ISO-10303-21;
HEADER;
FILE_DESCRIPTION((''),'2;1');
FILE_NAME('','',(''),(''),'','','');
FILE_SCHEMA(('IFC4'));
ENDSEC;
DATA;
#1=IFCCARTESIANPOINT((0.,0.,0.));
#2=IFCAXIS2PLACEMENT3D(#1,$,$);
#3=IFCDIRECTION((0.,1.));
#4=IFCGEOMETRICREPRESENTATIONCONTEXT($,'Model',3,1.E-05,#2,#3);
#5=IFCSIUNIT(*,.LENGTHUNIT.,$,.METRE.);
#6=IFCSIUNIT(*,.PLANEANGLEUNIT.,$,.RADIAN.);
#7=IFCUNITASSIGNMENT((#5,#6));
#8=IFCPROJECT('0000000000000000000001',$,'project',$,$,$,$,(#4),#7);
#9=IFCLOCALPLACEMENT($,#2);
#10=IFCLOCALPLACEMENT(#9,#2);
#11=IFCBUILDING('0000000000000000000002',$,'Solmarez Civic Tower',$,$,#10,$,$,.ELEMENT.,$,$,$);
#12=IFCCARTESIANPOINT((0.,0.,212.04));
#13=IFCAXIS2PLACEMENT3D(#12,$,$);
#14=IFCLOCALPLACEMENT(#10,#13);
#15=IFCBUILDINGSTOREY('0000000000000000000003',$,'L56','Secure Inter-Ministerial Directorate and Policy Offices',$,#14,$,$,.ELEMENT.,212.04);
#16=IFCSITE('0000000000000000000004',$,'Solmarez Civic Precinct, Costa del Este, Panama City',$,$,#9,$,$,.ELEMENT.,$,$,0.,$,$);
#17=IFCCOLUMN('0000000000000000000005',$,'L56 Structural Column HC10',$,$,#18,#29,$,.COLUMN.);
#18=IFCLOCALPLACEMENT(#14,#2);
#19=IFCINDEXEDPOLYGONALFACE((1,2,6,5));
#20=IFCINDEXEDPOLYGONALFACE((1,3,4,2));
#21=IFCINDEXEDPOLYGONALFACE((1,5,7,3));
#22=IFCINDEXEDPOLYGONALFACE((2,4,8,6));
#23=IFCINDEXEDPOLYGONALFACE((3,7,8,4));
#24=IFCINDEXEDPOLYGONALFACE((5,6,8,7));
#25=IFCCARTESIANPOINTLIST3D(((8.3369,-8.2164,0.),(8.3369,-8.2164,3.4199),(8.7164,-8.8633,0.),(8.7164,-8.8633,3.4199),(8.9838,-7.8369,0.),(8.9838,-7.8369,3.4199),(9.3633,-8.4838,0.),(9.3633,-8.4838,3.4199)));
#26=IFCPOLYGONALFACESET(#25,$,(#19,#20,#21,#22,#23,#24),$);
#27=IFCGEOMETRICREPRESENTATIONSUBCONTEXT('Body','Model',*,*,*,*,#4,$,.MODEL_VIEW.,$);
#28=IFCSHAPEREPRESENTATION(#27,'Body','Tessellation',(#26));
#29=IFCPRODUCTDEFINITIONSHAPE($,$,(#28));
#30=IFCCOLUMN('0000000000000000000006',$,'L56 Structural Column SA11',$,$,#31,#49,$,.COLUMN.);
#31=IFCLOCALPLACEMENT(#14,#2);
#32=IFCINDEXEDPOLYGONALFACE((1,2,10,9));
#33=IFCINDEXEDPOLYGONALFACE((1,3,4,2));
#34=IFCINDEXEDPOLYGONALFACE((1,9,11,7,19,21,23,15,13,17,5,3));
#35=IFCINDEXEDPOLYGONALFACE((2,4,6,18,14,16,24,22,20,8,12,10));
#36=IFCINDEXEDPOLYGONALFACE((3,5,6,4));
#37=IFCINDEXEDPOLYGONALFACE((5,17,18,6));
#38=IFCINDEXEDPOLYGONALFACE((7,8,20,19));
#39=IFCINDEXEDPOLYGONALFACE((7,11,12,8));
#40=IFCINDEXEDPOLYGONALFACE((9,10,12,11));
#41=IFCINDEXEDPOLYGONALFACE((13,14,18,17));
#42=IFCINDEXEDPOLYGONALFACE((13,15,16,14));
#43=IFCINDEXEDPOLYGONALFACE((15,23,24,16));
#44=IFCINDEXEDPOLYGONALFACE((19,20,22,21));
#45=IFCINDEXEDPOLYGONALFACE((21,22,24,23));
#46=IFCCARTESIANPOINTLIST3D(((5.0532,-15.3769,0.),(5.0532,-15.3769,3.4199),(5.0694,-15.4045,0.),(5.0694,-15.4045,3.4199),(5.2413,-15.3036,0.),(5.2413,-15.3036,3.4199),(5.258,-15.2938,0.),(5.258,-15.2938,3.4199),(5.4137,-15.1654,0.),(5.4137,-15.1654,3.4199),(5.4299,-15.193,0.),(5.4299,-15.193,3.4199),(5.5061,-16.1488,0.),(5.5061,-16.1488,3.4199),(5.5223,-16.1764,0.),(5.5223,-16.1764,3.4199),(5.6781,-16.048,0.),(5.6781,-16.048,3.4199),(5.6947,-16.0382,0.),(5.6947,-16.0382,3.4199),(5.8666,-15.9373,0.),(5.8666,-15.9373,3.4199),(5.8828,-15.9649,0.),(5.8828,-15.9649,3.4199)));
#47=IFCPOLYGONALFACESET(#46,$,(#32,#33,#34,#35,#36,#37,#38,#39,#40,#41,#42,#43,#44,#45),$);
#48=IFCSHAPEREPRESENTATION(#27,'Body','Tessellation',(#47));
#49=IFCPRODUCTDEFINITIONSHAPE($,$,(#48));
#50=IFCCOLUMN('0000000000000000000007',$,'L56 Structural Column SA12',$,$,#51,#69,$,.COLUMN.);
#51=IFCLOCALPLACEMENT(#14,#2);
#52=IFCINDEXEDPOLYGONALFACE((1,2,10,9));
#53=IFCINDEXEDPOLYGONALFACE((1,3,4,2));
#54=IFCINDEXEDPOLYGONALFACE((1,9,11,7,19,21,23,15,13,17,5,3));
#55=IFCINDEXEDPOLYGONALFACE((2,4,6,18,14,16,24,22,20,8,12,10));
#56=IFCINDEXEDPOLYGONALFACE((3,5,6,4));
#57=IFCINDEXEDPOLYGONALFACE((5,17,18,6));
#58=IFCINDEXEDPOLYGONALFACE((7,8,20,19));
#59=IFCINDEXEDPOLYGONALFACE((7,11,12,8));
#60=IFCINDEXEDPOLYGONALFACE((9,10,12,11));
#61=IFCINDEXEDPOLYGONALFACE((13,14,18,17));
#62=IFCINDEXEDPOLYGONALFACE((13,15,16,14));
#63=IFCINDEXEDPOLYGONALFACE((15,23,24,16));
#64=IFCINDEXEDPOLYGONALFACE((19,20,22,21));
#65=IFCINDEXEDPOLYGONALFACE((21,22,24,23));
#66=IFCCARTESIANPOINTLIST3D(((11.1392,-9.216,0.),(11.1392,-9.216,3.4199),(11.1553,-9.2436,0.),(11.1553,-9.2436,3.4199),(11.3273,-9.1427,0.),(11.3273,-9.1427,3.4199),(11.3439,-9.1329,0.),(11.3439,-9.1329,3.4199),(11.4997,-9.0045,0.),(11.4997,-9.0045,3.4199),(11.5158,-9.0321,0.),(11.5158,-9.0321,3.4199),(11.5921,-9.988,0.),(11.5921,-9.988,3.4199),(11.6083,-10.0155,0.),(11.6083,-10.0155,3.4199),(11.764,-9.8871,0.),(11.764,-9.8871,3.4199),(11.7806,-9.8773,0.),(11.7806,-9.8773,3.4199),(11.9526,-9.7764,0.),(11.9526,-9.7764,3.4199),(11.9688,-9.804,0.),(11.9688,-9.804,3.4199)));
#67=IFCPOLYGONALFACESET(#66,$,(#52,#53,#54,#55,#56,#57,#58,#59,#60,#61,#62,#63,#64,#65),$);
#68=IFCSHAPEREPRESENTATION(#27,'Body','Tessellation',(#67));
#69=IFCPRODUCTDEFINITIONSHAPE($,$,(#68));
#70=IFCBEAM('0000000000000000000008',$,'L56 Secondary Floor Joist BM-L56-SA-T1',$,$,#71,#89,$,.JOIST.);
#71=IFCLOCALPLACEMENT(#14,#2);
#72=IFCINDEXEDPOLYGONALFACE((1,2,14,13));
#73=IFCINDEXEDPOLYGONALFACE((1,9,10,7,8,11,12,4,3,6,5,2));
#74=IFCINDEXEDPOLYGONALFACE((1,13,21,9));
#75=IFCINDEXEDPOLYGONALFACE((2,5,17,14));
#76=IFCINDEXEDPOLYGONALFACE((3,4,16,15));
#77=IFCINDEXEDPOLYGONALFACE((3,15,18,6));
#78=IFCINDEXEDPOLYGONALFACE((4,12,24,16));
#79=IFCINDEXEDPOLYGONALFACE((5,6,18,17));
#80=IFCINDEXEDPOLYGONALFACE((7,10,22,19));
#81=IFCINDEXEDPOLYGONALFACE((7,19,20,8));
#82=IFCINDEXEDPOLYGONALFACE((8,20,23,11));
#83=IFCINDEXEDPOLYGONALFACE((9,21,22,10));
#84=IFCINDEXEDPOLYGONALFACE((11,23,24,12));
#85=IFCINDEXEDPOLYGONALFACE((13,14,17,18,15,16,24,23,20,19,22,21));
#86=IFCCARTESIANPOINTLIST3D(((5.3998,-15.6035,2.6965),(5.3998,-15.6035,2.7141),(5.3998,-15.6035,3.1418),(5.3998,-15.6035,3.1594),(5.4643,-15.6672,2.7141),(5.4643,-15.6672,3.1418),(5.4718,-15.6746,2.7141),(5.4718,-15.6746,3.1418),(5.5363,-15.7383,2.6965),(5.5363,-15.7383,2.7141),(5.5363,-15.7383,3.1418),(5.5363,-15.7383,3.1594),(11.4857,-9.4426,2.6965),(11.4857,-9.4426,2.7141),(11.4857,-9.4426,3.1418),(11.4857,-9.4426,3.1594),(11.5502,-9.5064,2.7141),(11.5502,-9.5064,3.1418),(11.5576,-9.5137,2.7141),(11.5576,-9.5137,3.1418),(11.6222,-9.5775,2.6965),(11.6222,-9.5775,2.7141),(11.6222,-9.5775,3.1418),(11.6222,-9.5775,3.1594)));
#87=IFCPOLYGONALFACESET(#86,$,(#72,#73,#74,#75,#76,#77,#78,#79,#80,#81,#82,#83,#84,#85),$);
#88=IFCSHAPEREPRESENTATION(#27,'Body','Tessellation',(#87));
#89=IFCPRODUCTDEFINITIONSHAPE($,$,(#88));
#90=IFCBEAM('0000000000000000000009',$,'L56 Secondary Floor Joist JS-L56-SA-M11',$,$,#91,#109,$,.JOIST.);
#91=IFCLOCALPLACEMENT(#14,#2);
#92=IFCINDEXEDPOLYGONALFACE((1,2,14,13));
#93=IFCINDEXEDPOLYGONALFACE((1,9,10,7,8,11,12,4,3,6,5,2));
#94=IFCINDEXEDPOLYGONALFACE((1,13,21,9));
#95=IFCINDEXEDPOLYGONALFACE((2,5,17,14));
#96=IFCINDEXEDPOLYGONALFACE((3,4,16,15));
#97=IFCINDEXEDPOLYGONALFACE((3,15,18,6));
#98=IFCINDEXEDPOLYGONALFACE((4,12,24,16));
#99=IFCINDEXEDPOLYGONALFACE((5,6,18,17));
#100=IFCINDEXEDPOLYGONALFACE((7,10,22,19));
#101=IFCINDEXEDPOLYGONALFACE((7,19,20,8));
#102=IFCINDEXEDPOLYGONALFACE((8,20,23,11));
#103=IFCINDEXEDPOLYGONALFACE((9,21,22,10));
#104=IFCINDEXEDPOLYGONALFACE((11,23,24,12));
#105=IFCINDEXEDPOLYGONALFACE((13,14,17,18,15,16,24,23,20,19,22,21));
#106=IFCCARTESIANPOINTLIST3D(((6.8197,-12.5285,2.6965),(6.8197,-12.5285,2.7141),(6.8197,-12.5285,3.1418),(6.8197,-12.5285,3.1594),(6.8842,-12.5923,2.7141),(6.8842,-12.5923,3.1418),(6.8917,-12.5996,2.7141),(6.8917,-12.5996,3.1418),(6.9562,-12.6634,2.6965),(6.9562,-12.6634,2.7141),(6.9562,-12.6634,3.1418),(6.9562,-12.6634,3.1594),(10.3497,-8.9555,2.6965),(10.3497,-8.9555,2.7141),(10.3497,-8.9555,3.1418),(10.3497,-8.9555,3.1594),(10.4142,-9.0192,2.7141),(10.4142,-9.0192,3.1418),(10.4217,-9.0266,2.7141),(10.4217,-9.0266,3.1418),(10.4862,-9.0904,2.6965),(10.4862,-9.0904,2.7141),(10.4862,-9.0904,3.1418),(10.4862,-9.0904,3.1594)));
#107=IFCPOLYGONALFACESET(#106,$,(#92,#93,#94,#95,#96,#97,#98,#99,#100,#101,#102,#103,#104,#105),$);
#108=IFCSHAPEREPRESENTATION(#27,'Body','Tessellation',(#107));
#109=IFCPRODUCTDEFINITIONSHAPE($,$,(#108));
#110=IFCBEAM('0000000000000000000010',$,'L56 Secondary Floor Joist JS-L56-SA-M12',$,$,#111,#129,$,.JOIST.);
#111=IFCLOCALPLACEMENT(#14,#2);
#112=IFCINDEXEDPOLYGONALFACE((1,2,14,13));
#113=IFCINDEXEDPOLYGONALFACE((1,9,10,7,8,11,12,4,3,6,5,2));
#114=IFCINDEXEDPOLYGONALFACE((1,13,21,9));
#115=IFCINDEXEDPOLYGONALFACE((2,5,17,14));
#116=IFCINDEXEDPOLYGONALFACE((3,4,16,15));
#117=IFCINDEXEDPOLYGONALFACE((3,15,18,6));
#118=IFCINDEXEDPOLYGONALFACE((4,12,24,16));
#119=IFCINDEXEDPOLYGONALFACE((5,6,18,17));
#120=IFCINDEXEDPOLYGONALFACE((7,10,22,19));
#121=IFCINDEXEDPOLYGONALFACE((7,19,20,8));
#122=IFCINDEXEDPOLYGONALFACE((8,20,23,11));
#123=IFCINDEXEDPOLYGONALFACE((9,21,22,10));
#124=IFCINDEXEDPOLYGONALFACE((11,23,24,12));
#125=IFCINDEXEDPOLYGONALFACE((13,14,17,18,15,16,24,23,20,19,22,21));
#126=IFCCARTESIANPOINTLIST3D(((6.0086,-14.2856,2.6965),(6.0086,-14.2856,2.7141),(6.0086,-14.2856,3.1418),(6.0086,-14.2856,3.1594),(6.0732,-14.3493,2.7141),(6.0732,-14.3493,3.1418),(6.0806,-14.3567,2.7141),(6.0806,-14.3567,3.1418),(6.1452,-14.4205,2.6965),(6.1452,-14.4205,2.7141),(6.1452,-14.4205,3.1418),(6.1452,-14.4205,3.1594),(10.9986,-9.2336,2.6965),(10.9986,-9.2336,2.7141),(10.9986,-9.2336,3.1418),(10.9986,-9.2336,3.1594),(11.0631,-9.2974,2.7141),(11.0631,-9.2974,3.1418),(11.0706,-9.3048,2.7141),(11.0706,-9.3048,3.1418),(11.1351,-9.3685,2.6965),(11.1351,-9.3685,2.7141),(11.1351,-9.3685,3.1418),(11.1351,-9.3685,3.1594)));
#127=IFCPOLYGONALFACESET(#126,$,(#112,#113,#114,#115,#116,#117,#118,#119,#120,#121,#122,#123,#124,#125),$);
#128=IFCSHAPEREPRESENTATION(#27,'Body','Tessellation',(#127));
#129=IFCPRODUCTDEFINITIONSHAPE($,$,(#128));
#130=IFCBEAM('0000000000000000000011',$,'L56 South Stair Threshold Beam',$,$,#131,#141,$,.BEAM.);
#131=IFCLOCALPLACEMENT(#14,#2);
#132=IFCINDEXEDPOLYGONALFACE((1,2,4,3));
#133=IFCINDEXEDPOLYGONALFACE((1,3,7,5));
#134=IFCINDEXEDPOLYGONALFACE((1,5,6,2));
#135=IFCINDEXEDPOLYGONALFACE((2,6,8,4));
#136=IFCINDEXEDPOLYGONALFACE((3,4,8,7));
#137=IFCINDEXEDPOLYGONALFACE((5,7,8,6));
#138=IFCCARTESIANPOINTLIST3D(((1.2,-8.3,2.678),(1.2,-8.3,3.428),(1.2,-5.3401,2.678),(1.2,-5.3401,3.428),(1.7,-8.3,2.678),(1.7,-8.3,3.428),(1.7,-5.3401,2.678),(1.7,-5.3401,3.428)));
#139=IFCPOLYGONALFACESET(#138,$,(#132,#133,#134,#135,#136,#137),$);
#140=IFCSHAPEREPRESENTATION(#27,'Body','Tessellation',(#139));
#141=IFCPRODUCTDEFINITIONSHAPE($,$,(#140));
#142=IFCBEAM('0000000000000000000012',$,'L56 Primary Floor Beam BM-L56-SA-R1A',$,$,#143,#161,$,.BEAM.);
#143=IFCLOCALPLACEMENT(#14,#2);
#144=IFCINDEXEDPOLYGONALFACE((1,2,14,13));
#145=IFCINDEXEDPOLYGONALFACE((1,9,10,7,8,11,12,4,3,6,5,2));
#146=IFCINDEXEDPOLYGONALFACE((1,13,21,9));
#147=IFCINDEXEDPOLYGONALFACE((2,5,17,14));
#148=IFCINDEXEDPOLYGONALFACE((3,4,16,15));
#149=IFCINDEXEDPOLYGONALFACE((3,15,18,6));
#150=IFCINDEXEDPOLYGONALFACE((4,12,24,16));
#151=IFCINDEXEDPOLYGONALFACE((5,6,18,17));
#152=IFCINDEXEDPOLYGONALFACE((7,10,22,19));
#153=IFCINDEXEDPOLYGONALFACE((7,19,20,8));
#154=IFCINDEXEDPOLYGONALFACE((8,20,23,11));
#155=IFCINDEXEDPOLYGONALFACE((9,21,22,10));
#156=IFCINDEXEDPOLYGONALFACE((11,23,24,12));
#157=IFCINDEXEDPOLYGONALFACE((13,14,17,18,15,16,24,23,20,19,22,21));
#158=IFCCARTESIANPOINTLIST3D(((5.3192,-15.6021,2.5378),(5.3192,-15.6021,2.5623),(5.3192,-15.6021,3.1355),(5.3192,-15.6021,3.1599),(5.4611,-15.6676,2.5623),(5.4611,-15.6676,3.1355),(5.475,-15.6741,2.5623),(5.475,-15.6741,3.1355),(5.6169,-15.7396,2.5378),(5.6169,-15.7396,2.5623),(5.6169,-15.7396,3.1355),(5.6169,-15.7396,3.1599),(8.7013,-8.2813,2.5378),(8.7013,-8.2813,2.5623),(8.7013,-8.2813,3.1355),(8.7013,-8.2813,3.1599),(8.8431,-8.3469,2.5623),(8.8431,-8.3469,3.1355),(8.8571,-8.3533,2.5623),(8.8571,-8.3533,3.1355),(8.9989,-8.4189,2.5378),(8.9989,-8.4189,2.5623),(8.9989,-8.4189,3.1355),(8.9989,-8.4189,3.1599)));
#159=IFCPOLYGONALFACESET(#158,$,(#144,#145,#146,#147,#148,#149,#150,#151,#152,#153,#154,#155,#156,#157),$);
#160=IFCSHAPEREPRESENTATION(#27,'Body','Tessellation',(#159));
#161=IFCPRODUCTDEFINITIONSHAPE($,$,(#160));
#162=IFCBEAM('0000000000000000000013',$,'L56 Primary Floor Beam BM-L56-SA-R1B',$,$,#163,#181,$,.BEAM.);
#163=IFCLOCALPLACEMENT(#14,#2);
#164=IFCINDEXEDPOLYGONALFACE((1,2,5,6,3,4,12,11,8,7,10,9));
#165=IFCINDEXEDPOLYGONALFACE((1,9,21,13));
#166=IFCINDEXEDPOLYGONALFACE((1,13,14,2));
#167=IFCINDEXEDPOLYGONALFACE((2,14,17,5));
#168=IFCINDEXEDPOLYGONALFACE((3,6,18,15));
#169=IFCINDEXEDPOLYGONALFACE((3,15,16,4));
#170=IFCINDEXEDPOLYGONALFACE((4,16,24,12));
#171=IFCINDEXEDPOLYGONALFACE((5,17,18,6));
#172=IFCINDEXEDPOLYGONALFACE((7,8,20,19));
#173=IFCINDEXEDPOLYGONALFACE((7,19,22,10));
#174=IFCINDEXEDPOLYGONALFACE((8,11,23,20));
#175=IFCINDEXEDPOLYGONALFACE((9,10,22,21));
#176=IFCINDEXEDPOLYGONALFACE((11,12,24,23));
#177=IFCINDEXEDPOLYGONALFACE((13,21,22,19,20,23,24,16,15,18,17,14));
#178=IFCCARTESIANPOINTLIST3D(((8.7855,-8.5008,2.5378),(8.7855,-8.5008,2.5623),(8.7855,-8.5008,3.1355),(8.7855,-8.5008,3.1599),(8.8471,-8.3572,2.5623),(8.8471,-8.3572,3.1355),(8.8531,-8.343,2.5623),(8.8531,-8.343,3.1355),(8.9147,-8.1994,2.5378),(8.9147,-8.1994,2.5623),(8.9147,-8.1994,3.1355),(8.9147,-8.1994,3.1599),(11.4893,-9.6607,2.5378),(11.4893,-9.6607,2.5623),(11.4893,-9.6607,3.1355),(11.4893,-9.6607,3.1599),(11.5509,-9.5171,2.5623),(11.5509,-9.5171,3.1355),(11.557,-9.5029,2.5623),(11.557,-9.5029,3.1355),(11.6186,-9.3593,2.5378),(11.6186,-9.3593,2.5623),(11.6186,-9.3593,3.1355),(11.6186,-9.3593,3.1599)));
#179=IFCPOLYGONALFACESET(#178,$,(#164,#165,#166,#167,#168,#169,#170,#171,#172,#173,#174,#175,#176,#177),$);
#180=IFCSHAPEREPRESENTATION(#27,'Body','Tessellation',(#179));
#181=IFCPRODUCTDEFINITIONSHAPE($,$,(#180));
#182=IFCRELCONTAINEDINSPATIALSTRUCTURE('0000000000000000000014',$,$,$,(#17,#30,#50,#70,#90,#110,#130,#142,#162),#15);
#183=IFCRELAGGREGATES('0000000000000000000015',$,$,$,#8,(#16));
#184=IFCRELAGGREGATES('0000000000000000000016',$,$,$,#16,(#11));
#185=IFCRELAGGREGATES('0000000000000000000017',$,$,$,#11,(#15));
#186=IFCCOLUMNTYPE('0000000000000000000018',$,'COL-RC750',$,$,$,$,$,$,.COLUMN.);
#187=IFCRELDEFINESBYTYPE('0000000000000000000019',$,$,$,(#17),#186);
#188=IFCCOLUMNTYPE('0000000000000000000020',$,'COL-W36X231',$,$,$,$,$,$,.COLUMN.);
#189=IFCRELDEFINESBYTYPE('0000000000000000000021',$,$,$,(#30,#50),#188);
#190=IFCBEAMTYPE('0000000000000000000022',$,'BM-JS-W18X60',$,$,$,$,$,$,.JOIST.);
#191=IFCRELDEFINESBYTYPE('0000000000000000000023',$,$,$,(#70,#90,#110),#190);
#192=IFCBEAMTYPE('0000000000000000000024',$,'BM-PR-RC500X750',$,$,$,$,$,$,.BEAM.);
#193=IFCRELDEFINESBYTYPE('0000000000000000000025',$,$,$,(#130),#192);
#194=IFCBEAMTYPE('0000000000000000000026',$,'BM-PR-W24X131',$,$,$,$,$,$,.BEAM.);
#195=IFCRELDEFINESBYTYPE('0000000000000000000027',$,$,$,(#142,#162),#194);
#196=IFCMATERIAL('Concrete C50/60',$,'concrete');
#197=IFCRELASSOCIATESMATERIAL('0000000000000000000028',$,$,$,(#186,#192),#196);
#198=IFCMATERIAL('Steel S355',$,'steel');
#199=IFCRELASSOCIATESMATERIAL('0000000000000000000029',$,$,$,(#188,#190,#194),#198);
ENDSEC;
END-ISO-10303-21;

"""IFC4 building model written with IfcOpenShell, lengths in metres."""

from ifc_helpers import new_model, si_unit, direction, frame, origin, origin_2d, place, context, subcontext, project, spatial, rectangle, i_section, extrude, material, material_profile, profile_set, type_object, element, save


model = new_model("IFC4")

# Units and contexts
model_context = context("Model", 3, precision=1e-05, world=origin(), true_north=direction((0.0, 1.0)))
body_context = subcontext(model_context, "Body", "Model", "MODEL_VIEW")
ifc_project = project(units=[si_unit("LENGTHUNIT", "METRE"), si_unit("PLANEANGLEUNIT", "RADIAN")], contexts=[model_context])

# Site, building, storey
site_placement = place(None, origin())
site = spatial("IfcSite", under=ifc_project, at=site_placement, Name="Solmarez Civic Precinct, Costa del Este, Panama City", CompositionType="ELEMENT", RefElevation=0.0)
building_placement = place(site_placement, origin())
building = spatial("IfcBuilding", under=site, at=building_placement, Name="Solmarez Civic Tower", CompositionType="ELEMENT")
storey_placement = place(building_placement, frame((0.0, 0.0, 212.04)))
storey = spatial("IfcBuildingStorey", under=building, at=storey_placement, Name="L56", Description="Secure Inter-Ministerial Directorate and Policy Offices", CompositionType="ELEMENT", Elevation=212.04)

# Columns
ifc_material_1 = material(Name="Concrete C50/60", Category="concrete")
ifc_material_profile_1 = material_profile(ifc_material_1, rectangle(XDim=0.75, YDim=0.75, at=origin_2d()), Name="RC750X750")
ifc_profile_set_1 = profile_set([ifc_material_profile_1], Name="Concrete C50/60")
column_type_1 = type_object("IfcColumnType", Name="COL-RC750", PredefinedType="COLUMN", material=ifc_profile_set_1)
column_placement = place(storey_placement, frame((8.8501, -8.3501, 0.0), z_axis=(0.0, 0.0, 1.0), x_axis=(0.862514, 0.506034, 0.0)))
element("IfcColumn", 1, at=column_placement, inside=storey, type_object=column_type_1, Name="L56 Structural Column HC10", PredefinedType="COLUMN", context=body_context, shape_type="SweptSolid", body=[
    extrude(rectangle(XDim=0.75, YDim=0.75, at=origin_2d()), origin(), (0.0, 0.0, 1.0), 3.4199),
])
ifc_material_2 = material(Name="Steel S355", Category="steel")
ifc_material_profile_2 = material_profile(ifc_material_2, i_section(OverallWidth=0.418, OverallDepth=0.927, WebThickness=0.0193, FlangeThickness=0.032, at=origin_2d()), Name="W36X231")
ifc_profile_set_2 = profile_set([ifc_material_profile_2], Name="Steel S355")
column_type_2 = type_object("IfcColumnType", Name="COL-W36X231", PredefinedType="COLUMN", material=ifc_profile_set_2)
for number, where, z_axis, x_axis, name in (
    (2, (5.468, -15.6709, 0.0), (0.0, 0.0, 1.0), (0.862514, 0.506034, 0.0), "L56 Structural Column SA11"),
    (3, (11.554, -9.51, 0.0), (0.0, 0.0, 1.0), (0.862514, 0.506034, 0.0), "L56 Structural Column SA12"),
):
    element("IfcColumn", number, at=place(storey_placement, frame(where, z_axis=z_axis, x_axis=x_axis)), inside=storey, type_object=column_type_2, Name=name, PredefinedType="COLUMN", context=body_context, shape_type="SweptSolid", body=[
        extrude(i_section(OverallWidth=0.418, OverallDepth=0.927, WebThickness=0.0193, FlangeThickness=0.032, at=origin_2d()), origin(), (0.0, 0.0, 1.0), 3.4199),
    ])

# Beams
ifc_material_profile_3 = material_profile(ifc_material_2, i_section(OverallWidth=0.1919, OverallDepth=0.4629, WebThickness=0.0105, FlangeThickness=0.0176, at=origin_2d()), Name="W18X60")
ifc_profile_set_3 = profile_set([ifc_material_profile_3], Name="Steel S355")
beam_type_1 = type_object("IfcBeamType", Name="BM-JS-W18X60", PredefinedType="JOIST", material=ifc_profile_set_3)
beam_1_placement = place(storey_placement, frame((5.468, -15.6709, 2.928), z_axis=(0.702766, 0.711421, 0.0), x_axis=(-0.711421, 0.702766, 0.0)))
element("IfcBeam", 4, at=beam_1_placement, inside=storey, type_object=beam_type_1, Name="L56 Secondary Floor Joist BM-L56-SA-T1", PredefinedType="JOIST", context=body_context, shape_type="SweptSolid", body=[
    extrude(i_section(OverallWidth=0.1919, OverallDepth=0.4629, WebThickness=0.0105, FlangeThickness=0.0176, at=origin_2d()), origin(), (0.0, 0.0, 1.0), 8.6599),
])
beam_2_placement = place(storey_placement, frame((6.8879, -12.5959, 2.928), z_axis=(0.702816, 0.711371, 0.0), x_axis=(-0.711371, 0.702816, 0.0)))
element("IfcBeam", 5, at=beam_2_placement, inside=storey, type_object=beam_type_1, Name="L56 Secondary Floor Joist JS-L56-SA-M11", PredefinedType="JOIST", context=body_context, shape_type="SweptSolid", body=[
    extrude(i_section(OverallWidth=0.1919, OverallDepth=0.4629, WebThickness=0.0105, FlangeThickness=0.0176, at=origin_2d()), origin(), (0.0, 0.0, 1.0), 5.0227),
])
beam_3_placement = place(storey_placement, frame((6.0769, -14.353, 2.928), z_axis=(0.702727, 0.71146, 0.0), x_axis=(-0.71146, 0.702727, 0.0)))
element("IfcBeam", 6, at=beam_3_placement, inside=storey, type_object=beam_type_1, Name="L56 Secondary Floor Joist JS-L56-SA-M12", PredefinedType="JOIST", context=body_context, shape_type="SweptSolid", body=[
    extrude(i_section(OverallWidth=0.1919, OverallDepth=0.4629, WebThickness=0.0105, FlangeThickness=0.0176, at=origin_2d()), origin(), (0.0, 0.0, 1.0), 7.1008),
])
ifc_material_profile_4 = material_profile(ifc_material_1, rectangle(XDim=0.5, YDim=0.75, at=origin_2d()), Name="RC500X750")
ifc_profile_set_4 = profile_set([ifc_material_profile_4], Name="Concrete C50/60")
beam_type_2 = type_object("IfcBeamType", Name="BM-PR-RC500X750", PredefinedType="BEAM", material=ifc_profile_set_4)
beam_4_placement = place(storey_placement, frame((1.45, -8.3, 3.053), z_axis=(0.0, 1.0, 0.0), x_axis=(-1.0, 0.0, 0.0)))
element("IfcBeam", 7, at=beam_4_placement, inside=storey, type_object=beam_type_2, Name="L56 South Stair Threshold Beam", PredefinedType="BEAM", context=body_context, shape_type="SweptSolid", body=[
    extrude(rectangle(XDim=0.5, YDim=0.75, at=origin_2d()), origin(), (0.0, 0.0, 1.0), 2.96),
])
ifc_material_profile_5 = material_profile(ifc_material_2, i_section(OverallWidth=0.3279, OverallDepth=0.6221, WebThickness=0.0154, FlangeThickness=0.0244, at=origin_2d()), Name="W24X131")
ifc_profile_set_5 = profile_set([ifc_material_profile_5], Name="Steel S355")
beam_type_3 = type_object("IfcBeamType", Name="BM-PR-W24X131", PredefinedType="BEAM", material=ifc_profile_set_5)
beam_5_placement = place(storey_placement, frame((8.8501, -8.3501, 2.8489), z_axis=(-0.41939, -0.907806, 0.0), x_axis=(0.907806, -0.41939, 0.0)))
element("IfcBeam", 8, at=beam_5_placement, inside=storey, type_object=beam_type_3, Name="L56 Primary Floor Beam BM-L56-SA-R1A", PredefinedType="BEAM", context=body_context, shape_type="SweptSolid", body=[
    extrude(i_section(OverallWidth=0.3279, OverallDepth=0.6221, WebThickness=0.0154, FlangeThickness=0.0244, at=origin_2d()), origin(), (0.0, 0.0, 1.0), 8.0642),
])
beam_6_placement = place(storey_placement, frame((8.8501, -8.3501, 2.8489), z_axis=(0.919008, -0.39424, 0.0), x_axis=(0.39424, 0.919008, 0.0)))
element("IfcBeam", 9, at=beam_6_placement, inside=storey, type_object=beam_type_3, Name="L56 Primary Floor Beam BM-L56-SA-R1B", PredefinedType="BEAM", context=body_context, shape_type="SweptSolid", body=[
    extrude(i_section(OverallWidth=0.3279, OverallDepth=0.6221, WebThickness=0.0154, FlangeThickness=0.0244, at=origin_2d()), origin(), (0.0, 0.0, 1.0), 2.9421),
])

save(model, "model.ifc")
